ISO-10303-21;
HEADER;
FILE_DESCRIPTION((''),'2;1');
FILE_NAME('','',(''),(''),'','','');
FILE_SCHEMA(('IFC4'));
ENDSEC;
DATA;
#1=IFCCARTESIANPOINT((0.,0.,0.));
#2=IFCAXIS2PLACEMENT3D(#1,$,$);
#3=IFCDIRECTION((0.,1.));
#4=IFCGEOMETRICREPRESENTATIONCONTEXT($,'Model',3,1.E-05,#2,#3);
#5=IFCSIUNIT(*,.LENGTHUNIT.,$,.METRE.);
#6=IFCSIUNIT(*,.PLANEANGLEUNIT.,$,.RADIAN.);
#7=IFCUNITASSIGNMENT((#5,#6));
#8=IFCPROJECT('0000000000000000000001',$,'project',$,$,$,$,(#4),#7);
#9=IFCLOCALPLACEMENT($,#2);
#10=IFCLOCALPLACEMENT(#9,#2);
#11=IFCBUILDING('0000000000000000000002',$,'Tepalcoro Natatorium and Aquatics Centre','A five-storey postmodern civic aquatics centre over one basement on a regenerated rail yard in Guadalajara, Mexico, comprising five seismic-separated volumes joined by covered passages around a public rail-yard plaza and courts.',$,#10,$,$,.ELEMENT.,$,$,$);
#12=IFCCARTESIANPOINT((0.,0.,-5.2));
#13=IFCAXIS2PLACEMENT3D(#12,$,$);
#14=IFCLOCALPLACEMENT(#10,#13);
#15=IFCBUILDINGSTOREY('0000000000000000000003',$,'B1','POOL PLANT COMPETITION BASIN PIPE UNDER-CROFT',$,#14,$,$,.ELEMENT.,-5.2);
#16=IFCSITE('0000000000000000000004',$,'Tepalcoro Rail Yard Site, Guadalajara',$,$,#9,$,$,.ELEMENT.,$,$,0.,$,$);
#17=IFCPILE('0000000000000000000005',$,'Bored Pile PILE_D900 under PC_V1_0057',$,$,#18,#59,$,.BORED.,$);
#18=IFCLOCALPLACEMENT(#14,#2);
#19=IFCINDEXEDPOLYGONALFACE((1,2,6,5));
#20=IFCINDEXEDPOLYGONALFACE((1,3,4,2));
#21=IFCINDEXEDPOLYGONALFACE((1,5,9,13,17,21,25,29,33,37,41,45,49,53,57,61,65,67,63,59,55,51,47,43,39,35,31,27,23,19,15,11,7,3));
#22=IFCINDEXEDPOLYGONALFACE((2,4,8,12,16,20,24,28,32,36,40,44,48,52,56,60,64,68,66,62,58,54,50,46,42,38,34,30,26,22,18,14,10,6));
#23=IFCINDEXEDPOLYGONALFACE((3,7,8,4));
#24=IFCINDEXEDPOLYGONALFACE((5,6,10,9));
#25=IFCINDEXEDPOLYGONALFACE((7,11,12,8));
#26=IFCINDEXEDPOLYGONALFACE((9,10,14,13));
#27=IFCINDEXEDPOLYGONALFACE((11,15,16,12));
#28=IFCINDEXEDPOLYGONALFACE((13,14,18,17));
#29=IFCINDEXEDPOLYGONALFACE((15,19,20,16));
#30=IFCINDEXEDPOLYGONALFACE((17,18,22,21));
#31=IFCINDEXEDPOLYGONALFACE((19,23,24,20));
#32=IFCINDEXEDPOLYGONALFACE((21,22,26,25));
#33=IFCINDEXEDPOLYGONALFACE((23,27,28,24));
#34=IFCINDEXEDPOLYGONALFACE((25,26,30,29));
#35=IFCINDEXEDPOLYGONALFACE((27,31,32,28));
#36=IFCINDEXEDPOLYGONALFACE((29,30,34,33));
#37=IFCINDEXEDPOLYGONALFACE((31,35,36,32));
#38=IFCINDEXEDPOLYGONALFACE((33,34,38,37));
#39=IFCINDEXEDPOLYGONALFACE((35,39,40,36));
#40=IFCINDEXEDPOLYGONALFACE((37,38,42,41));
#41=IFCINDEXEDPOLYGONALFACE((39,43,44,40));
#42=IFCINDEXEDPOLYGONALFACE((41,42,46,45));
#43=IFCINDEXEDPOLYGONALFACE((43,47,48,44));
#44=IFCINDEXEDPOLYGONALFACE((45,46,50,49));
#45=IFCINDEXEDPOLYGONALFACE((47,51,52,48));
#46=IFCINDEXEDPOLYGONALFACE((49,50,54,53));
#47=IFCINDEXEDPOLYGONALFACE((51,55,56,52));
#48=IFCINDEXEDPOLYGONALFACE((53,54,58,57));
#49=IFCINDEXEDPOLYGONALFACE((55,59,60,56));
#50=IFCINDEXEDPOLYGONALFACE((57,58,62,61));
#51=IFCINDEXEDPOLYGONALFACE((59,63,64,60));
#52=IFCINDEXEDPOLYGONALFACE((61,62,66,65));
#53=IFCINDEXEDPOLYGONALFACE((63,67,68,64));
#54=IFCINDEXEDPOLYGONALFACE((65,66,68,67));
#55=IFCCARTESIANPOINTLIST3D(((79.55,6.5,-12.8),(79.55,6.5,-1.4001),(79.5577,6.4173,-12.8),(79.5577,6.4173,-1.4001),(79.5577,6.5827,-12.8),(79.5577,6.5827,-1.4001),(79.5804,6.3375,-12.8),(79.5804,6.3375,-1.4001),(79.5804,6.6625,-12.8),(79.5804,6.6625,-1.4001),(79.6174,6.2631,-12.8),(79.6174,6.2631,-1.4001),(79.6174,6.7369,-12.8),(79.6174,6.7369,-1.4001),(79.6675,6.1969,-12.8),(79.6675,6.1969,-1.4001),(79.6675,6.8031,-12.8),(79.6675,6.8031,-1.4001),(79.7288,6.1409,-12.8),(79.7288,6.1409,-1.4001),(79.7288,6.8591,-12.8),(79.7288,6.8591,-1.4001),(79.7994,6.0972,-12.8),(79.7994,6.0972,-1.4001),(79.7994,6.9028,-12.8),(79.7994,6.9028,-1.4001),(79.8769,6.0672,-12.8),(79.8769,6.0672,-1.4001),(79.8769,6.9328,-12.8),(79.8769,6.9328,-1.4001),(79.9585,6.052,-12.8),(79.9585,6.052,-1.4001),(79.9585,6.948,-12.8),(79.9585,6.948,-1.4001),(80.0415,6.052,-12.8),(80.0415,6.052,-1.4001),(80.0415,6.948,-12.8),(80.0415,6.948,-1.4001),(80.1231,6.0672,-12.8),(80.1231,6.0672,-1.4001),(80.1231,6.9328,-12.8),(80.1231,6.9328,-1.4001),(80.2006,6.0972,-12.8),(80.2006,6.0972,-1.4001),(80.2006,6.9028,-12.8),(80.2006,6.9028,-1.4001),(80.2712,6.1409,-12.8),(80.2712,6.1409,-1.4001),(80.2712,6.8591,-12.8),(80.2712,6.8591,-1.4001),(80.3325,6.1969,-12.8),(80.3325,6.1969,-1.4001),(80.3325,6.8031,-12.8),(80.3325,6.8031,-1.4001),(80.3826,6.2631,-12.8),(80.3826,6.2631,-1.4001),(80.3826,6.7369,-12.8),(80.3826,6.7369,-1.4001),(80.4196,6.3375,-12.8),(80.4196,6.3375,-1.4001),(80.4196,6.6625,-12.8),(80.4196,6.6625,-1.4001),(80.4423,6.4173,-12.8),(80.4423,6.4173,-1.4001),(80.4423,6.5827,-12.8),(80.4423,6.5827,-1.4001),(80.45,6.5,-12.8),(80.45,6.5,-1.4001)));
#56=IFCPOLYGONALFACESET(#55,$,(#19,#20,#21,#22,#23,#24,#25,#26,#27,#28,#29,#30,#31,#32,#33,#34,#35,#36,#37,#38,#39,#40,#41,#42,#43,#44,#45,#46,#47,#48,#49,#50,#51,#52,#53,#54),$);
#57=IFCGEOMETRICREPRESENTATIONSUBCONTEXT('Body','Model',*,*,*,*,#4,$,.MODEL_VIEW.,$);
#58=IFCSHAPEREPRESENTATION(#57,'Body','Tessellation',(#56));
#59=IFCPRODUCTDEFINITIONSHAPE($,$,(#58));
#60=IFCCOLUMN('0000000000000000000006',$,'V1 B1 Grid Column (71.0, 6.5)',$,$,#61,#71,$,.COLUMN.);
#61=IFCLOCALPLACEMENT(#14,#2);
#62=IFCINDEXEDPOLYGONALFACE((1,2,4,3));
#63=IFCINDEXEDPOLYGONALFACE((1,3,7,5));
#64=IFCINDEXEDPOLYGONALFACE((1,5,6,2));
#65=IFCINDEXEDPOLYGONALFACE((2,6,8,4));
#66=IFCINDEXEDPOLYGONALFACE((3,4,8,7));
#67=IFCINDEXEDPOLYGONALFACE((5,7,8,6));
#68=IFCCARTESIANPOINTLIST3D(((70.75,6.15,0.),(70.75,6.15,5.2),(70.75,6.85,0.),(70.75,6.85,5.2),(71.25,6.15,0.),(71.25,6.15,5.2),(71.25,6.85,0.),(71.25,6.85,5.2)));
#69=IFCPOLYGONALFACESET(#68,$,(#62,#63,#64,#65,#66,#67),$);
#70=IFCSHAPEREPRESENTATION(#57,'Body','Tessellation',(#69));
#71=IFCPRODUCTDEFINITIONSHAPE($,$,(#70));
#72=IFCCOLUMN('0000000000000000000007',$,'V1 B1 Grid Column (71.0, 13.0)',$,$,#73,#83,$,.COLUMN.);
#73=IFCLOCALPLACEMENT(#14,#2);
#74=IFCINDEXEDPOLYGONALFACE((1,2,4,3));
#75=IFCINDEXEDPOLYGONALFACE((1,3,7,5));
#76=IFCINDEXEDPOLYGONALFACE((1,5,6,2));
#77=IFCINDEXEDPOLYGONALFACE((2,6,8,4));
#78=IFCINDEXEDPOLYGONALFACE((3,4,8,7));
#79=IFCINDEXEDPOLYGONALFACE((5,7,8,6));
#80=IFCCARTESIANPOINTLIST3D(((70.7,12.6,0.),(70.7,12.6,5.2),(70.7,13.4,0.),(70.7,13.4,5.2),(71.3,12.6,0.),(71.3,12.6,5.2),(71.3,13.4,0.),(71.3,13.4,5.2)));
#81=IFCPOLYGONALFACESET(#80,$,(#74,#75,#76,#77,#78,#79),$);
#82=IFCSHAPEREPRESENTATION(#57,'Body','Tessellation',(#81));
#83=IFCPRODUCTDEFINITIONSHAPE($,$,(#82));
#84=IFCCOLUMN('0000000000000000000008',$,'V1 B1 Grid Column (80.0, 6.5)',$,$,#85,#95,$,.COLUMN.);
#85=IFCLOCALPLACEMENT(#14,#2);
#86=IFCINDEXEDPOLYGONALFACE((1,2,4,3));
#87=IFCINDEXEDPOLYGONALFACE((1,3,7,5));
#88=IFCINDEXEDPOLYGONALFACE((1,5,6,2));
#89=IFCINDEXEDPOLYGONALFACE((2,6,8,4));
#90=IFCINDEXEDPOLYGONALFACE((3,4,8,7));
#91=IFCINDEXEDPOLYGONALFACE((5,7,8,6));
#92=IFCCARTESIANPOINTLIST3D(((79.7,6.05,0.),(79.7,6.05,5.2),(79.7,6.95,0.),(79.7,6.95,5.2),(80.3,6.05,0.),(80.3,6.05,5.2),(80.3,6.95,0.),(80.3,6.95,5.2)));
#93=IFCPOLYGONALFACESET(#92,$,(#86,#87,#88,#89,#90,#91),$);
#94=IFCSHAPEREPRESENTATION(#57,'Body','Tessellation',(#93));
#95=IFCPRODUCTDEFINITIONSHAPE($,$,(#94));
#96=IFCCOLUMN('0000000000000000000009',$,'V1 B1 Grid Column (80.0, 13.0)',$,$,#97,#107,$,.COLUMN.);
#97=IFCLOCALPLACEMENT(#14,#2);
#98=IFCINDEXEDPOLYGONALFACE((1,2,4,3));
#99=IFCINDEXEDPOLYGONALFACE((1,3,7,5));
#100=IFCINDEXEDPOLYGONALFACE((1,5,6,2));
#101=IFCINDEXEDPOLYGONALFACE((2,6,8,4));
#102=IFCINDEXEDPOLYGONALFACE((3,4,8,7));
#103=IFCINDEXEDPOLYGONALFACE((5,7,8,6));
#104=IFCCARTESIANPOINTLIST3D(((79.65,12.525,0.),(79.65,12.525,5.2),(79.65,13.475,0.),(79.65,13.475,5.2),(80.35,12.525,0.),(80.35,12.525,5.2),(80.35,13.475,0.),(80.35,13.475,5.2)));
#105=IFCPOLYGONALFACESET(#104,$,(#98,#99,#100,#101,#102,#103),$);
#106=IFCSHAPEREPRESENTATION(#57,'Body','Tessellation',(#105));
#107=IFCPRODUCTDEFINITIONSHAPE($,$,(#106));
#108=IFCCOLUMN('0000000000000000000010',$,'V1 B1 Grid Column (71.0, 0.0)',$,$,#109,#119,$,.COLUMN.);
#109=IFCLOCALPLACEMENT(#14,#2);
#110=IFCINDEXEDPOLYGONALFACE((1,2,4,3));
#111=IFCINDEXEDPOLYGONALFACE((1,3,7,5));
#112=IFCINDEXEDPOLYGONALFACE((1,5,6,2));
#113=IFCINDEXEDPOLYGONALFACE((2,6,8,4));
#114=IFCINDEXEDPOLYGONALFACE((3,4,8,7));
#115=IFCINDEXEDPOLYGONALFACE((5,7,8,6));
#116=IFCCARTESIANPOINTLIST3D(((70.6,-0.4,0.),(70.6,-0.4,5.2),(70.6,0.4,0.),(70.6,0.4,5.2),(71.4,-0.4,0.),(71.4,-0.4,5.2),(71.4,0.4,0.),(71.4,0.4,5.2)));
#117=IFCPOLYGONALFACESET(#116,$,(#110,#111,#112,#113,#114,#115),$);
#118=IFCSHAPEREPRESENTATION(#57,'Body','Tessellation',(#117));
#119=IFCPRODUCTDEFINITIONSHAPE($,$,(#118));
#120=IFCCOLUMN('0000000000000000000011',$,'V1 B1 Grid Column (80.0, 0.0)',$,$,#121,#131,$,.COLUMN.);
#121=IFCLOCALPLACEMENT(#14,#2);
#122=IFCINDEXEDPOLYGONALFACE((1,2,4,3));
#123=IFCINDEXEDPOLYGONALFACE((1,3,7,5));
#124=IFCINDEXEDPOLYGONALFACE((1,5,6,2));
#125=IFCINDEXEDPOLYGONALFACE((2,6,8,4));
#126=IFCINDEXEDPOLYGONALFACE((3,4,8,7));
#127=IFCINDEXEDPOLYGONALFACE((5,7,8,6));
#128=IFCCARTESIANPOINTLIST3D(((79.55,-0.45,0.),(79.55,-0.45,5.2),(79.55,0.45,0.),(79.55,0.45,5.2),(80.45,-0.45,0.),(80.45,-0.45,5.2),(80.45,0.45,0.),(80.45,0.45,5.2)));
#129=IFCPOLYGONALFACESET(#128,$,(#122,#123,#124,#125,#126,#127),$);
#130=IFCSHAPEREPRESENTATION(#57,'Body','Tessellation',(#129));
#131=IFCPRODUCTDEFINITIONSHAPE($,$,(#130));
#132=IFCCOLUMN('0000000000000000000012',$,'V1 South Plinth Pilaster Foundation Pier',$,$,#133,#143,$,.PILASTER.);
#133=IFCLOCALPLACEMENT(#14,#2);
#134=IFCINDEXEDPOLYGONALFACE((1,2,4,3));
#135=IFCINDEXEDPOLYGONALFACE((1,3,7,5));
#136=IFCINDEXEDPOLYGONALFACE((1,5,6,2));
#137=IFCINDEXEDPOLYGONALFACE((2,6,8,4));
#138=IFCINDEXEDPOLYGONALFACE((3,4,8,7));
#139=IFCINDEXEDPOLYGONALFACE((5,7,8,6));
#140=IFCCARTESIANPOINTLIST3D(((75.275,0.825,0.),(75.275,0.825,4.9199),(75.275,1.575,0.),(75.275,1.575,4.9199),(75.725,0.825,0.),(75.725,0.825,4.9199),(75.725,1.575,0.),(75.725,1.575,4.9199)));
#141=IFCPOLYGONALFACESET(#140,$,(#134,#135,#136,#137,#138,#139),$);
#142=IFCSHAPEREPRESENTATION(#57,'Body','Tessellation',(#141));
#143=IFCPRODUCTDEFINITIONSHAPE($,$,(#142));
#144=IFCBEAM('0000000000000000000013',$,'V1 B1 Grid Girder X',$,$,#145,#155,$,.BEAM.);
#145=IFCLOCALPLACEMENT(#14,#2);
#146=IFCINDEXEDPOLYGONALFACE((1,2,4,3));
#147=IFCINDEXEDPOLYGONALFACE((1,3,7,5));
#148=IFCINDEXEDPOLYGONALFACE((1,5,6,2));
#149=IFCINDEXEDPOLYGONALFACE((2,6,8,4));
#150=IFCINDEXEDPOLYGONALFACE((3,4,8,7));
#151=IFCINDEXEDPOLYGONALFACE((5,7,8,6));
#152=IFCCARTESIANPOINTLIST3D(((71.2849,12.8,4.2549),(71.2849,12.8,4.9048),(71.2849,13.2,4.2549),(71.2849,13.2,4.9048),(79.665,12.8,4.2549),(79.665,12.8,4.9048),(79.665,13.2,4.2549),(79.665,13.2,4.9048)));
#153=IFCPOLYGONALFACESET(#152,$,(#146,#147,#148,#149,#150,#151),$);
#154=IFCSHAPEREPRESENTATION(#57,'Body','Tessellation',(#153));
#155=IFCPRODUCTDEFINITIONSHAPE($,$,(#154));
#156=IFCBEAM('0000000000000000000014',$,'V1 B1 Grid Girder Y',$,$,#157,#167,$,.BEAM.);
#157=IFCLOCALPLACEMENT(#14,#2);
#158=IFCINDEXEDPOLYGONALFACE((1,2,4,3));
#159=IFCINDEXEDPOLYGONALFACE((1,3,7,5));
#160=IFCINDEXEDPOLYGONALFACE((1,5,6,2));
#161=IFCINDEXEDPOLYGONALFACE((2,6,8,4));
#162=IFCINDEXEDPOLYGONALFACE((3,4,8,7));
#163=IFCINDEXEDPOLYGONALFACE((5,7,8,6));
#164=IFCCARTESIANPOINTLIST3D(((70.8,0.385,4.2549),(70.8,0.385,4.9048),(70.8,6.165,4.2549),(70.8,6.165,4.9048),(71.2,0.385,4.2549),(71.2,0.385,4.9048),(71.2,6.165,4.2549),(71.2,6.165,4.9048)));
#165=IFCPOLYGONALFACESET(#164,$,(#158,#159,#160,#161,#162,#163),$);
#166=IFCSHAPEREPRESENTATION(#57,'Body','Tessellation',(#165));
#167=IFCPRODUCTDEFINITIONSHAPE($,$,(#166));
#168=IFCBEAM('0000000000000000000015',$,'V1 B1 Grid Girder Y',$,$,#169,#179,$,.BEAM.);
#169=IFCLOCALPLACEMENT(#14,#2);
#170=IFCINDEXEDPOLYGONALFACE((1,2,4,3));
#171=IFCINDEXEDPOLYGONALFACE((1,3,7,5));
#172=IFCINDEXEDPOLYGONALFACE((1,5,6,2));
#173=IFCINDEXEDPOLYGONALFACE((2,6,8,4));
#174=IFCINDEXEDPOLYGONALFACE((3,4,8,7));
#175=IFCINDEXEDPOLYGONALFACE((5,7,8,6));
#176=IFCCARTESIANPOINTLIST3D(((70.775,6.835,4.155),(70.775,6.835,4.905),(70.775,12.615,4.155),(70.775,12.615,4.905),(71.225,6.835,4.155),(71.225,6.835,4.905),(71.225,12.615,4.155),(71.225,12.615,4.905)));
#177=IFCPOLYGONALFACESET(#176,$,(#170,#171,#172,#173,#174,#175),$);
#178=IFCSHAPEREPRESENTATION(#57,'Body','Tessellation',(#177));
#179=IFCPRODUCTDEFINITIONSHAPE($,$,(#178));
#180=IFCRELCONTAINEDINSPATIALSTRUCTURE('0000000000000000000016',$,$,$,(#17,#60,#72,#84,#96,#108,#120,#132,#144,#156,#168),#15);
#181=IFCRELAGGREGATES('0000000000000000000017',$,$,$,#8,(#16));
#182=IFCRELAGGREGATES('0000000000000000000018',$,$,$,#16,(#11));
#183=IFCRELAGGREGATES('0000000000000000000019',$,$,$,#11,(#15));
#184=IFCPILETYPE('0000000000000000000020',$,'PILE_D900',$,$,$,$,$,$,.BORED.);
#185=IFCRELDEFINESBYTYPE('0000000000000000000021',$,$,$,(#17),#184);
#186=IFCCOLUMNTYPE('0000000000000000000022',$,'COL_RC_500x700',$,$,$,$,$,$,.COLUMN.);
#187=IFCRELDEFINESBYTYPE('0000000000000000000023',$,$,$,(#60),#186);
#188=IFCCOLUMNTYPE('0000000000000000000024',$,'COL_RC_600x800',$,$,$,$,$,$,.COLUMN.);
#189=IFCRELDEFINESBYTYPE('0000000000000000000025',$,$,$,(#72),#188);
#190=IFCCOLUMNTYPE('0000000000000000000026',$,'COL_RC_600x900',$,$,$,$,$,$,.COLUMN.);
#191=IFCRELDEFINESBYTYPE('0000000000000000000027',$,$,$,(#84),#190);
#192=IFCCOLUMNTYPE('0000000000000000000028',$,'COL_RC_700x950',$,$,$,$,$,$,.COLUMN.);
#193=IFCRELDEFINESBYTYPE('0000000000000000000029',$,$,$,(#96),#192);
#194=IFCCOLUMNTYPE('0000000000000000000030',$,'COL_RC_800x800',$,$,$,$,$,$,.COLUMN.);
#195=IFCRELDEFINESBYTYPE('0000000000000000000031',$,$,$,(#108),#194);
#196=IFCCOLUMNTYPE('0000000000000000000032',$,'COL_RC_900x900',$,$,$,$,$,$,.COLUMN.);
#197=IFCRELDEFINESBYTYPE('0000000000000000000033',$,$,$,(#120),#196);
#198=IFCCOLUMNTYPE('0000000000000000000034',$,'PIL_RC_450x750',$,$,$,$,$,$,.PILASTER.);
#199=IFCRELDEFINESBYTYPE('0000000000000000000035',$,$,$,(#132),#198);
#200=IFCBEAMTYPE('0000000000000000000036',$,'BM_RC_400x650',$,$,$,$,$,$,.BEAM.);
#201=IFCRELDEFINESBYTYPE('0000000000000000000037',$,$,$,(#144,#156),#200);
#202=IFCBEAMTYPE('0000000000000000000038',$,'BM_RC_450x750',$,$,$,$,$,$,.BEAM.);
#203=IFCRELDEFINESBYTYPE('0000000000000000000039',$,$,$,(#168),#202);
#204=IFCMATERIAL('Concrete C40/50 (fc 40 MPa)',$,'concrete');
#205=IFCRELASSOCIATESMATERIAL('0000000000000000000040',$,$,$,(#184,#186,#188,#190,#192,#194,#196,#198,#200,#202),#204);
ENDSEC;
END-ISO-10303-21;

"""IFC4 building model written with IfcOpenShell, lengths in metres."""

from ifc_helpers import new_model, si_unit, direction, frame, origin, origin_2d, place, context, subcontext, project, spatial, rectangle, circle, extrude, material, material_profile, profile_set, type_object, element, save


model = new_model("IFC4")

# Units and contexts
model_context = context("Model", 3, precision=1e-05, world=origin(), true_north=direction((0.0, 1.0)))
body_context = subcontext(model_context, "Body", "Model", "MODEL_VIEW")
ifc_project = project(units=[si_unit("LENGTHUNIT", "METRE"), si_unit("PLANEANGLEUNIT", "RADIAN")], contexts=[model_context])

# Site, building, storey
site_placement = place(None, origin())
site = spatial("IfcSite", under=ifc_project, at=site_placement, Name="Tepalcoro Rail Yard Site, Guadalajara", CompositionType="ELEMENT", RefElevation=0.0)
building_placement = place(site_placement, origin())
building = spatial("IfcBuilding", under=site, at=building_placement, Name="Tepalcoro Natatorium and Aquatics Centre", Description="A five-storey postmodern civic aquatics centre over one basement on a regenerated rail yard in Guadalajara, Mexico, comprising five seismic-separated volumes joined by covered passages around a public rail-yard plaza and courts.", CompositionType="ELEMENT")
storey_placement = place(building_placement, frame((0.0, 0.0, -5.2)))
storey = spatial("IfcBuildingStorey", under=building, at=storey_placement, Name="B1", Description="POOL PLANT COMPETITION BASIN PIPE UNDER-CROFT", CompositionType="ELEMENT", Elevation=-5.2)

# Pile
ifc_material_1 = material(Name="Concrete C40/50 (fc 40 MPa)", Category="concrete")
ifc_material_profile_1 = material_profile(ifc_material_1, circle(Radius=0.45, at=origin_2d()), Name="PILE_D900")
ifc_profile_set_1 = profile_set([ifc_material_profile_1], Name="Concrete C40/50 (fc 40 MPa)")
pile_type_1 = type_object("IfcPileType", Name="PILE_D900", PredefinedType="BORED", material=ifc_profile_set_1)
pile_1_placement = place(storey_placement, frame((80.0, 6.5, -1.4001), z_axis=(0.0, 0.0, -1.0), x_axis=(1.0, 0.0, 0.0)))
element("IfcPile", 1, at=pile_1_placement, inside=storey, type_object=pile_type_1, Name="Bored Pile PILE_D900 under PC_V1_0057", PredefinedType="BORED", context=body_context, shape_type="SweptSolid", body=[
    extrude(circle(Radius=0.45, at=origin_2d()), origin(), (0.0, 0.0, 1.0), 11.3999),
])

# Columns
ifc_material_profile_2 = material_profile(ifc_material_1, rectangle(XDim=0.5, YDim=0.7, at=origin_2d()), Name="RC500x700")
ifc_profile_set_2 = profile_set([ifc_material_profile_2], Name="Concrete C40/50 (fc 40 MPa)")
column_type_1 = type_object("IfcColumnType", Name="COL_RC_500x700", PredefinedType="COLUMN", material=ifc_profile_set_2)
column_1_placement = place(storey_placement, frame((71.0, 6.5, 0.0), z_axis=(0.0, 0.0, 1.0), x_axis=(1.0, 0.0, 0.0)))
element("IfcColumn", 2, at=column_1_placement, inside=storey, type_object=column_type_1, Name="V1 B1 Grid Column (71.0, 6.5)", PredefinedType="COLUMN", context=body_context, shape_type="SweptSolid", body=[
    extrude(rectangle(XDim=0.5, YDim=0.7, at=origin_2d()), origin(), (0.0, 0.0, 1.0), 5.2),
])
ifc_material_profile_3 = material_profile(ifc_material_1, rectangle(XDim=0.6001, YDim=0.8, at=origin_2d()), Name="RC600x800")
ifc_profile_set_3 = profile_set([ifc_material_profile_3], Name="Concrete C40/50 (fc 40 MPa)")
column_type_2 = type_object("IfcColumnType", Name="COL_RC_600x800", PredefinedType="COLUMN", material=ifc_profile_set_3)
column_2_placement = place(storey_placement, frame((71.0, 13.0, 0.0), z_axis=(0.0, 0.0, 1.0), x_axis=(1.0, 0.0, 0.0)))
element("IfcColumn", 3, at=column_2_placement, inside=storey, type_object=column_type_2, Name="V1 B1 Grid Column (71.0, 13.0)", PredefinedType="COLUMN", context=body_context, shape_type="SweptSolid", body=[
    extrude(rectangle(XDim=0.6001, YDim=0.8, at=origin_2d()), origin(), (0.0, 0.0, 1.0), 5.2),
])
ifc_material_profile_4 = material_profile(ifc_material_1, rectangle(XDim=0.6001, YDim=0.8999, at=origin_2d()), Name="RC600x900")
ifc_profile_set_4 = profile_set([ifc_material_profile_4], Name="Concrete C40/50 (fc 40 MPa)")
column_type_3 = type_object("IfcColumnType", Name="COL_RC_600x900", PredefinedType="COLUMN", material=ifc_profile_set_4)
column_3_placement = place(storey_placement, frame((80.0, 6.5, 0.0), z_axis=(0.0, 0.0, 1.0), x_axis=(1.0, 0.0, 0.0)))
element("IfcColumn", 4, at=column_3_placement, inside=storey, type_object=column_type_3, Name="V1 B1 Grid Column (80.0, 6.5)", PredefinedType="COLUMN", context=body_context, shape_type="SweptSolid", body=[
    extrude(rectangle(XDim=0.6001, YDim=0.8999, at=origin_2d()), origin(), (0.0, 0.0, 1.0), 5.2),
])
ifc_material_profile_5 = material_profile(ifc_material_1, rectangle(XDim=0.7, YDim=0.95, at=origin_2d()), Name="RC700x950")
ifc_profile_set_5 = profile_set([ifc_material_profile_5], Name="Concrete C40/50 (fc 40 MPa)")
column_type_4 = type_object("IfcColumnType", Name="COL_RC_700x950", PredefinedType="COLUMN", material=ifc_profile_set_5)
column_4_placement = place(storey_placement, frame((80.0, 13.0, 0.0), z_axis=(0.0, 0.0, 1.0), x_axis=(1.0, 0.0, 0.0)))
element("IfcColumn", 5, at=column_4_placement, inside=storey, type_object=column_type_4, Name="V1 B1 Grid Column (80.0, 13.0)", PredefinedType="COLUMN", context=body_context, shape_type="SweptSolid", body=[
    extrude(rectangle(XDim=0.7, YDim=0.95, at=origin_2d()), origin(), (0.0, 0.0, 1.0), 5.2),
])
ifc_material_profile_6 = material_profile(ifc_material_1, rectangle(XDim=0.8, YDim=0.8, at=origin_2d()), Name="RC800x800")
ifc_profile_set_6 = profile_set([ifc_material_profile_6], Name="Concrete C40/50 (fc 40 MPa)")
column_type_5 = type_object("IfcColumnType", Name="COL_RC_800x800", PredefinedType="COLUMN", material=ifc_profile_set_6)
column_5_placement = place(storey_placement, frame((71.0, 0.0, 0.0), z_axis=(0.0, 0.0, 1.0), x_axis=(1.0, 0.0, 0.0)))
element("IfcColumn", 6, at=column_5_placement, inside=storey, type_object=column_type_5, Name="V1 B1 Grid Column (71.0, 0.0)", PredefinedType="COLUMN", context=body_context, shape_type="SweptSolid", body=[
    extrude(rectangle(XDim=0.8, YDim=0.8, at=origin_2d()), origin(), (0.0, 0.0, 1.0), 5.2),
])
ifc_material_profile_7 = material_profile(ifc_material_1, rectangle(XDim=0.8999, YDim=0.8999, at=origin_2d()), Name="RC900x900")
ifc_profile_set_7 = profile_set([ifc_material_profile_7], Name="Concrete C40/50 (fc 40 MPa)")
column_type_6 = type_object("IfcColumnType", Name="COL_RC_900x900", PredefinedType="COLUMN", material=ifc_profile_set_7)
column_6_placement = place(storey_placement, frame((80.0, 0.0, 0.0), z_axis=(0.0, 0.0, 1.0), x_axis=(1.0, 0.0, 0.0)))
element("IfcColumn", 7, at=column_6_placement, inside=storey, type_object=column_type_6, Name="V1 B1 Grid Column (80.0, 0.0)", PredefinedType="COLUMN", context=body_context, shape_type="SweptSolid", body=[
    extrude(rectangle(XDim=0.8999, YDim=0.8999, at=origin_2d()), origin(), (0.0, 0.0, 1.0), 5.2),
])
ifc_material_profile_8 = material_profile(ifc_material_1, rectangle(XDim=0.45, YDim=0.75, at=origin_2d()), Name="PIL450x750")
ifc_profile_set_8 = profile_set([ifc_material_profile_8], Name="Concrete C40/50 (fc 40 MPa)")
column_type_7 = type_object("IfcColumnType", Name="PIL_RC_450x750", PredefinedType="PILASTER", material=ifc_profile_set_8)
column_7_placement = place(storey_placement, frame((75.5, 1.2, 0.0), z_axis=(0.0, 0.0, 1.0), x_axis=(1.0, 0.0, 0.0)))
element("IfcColumn", 8, at=column_7_placement, inside=storey, type_object=column_type_7, Name="V1 South Plinth Pilaster Foundation Pier", PredefinedType="PILASTER", context=body_context, shape_type="SweptSolid", body=[
    extrude(rectangle(XDim=0.45, YDim=0.75, at=origin_2d()), origin(), (0.0, 0.0, 1.0), 4.9199),
])

# Beams
ifc_material_profile_9 = material_profile(ifc_material_1, rectangle(XDim=0.3999, YDim=0.6499, at=origin_2d()), Name="RCB400x650")
ifc_profile_set_9 = profile_set([ifc_material_profile_9], Name="Concrete C40/50 (fc 40 MPa)")
beam_type_1 = type_object("IfcBeamType", Name="BM_RC_400x650", PredefinedType="BEAM", material=ifc_profile_set_9)
beam_1_placement = place(storey_placement, frame((71.2849, 13.0, 4.5798), z_axis=(1.0, 0.0, 0.0), x_axis=(0.0, 1.0, 0.0)))
element("IfcBeam", 9, at=beam_1_placement, inside=storey, type_object=beam_type_1, Name="V1 B1 Grid Girder X", PredefinedType="BEAM", context=body_context, shape_type="SweptSolid", body=[
    extrude(rectangle(XDim=0.3999, YDim=0.6499, at=origin_2d()), origin(), (0.0, 0.0, 1.0), 8.3801),
])
beam_2_placement = place(storey_placement, frame((71.0, 0.385, 4.5798), z_axis=(0.0, 1.0, 0.0), x_axis=(-1.0, 0.0, 0.0)))
element("IfcBeam", 10, at=beam_2_placement, inside=storey, type_object=beam_type_1, Name="V1 B1 Grid Girder Y", PredefinedType="BEAM", context=body_context, shape_type="SweptSolid", body=[
    extrude(rectangle(XDim=0.3999, YDim=0.6499, at=origin_2d()), origin(), (0.0, 0.0, 1.0), 5.78),
])
ifc_material_profile_10 = material_profile(ifc_material_1, rectangle(XDim=0.45, YDim=0.75, at=origin_2d()), Name="RCB450x750")
ifc_profile_set_10 = profile_set([ifc_material_profile_10], Name="Concrete C40/50 (fc 40 MPa)")
beam_type_2 = type_object("IfcBeamType", Name="BM_RC_450x750", PredefinedType="BEAM", material=ifc_profile_set_10)
beam_3_placement = place(storey_placement, frame((71.0, 6.835, 4.53), z_axis=(0.0, 1.0, 0.0), x_axis=(-1.0, 0.0, 0.0)))
element("IfcBeam", 11, at=beam_3_placement, inside=storey, type_object=beam_type_2, Name="V1 B1 Grid Girder Y", PredefinedType="BEAM", context=body_context, shape_type="SweptSolid", body=[
    extrude(rectangle(XDim=0.45, YDim=0.75, at=origin_2d()), origin(), (0.0, 0.0, 1.0), 5.78),
])

save(model, "model.ifc")
